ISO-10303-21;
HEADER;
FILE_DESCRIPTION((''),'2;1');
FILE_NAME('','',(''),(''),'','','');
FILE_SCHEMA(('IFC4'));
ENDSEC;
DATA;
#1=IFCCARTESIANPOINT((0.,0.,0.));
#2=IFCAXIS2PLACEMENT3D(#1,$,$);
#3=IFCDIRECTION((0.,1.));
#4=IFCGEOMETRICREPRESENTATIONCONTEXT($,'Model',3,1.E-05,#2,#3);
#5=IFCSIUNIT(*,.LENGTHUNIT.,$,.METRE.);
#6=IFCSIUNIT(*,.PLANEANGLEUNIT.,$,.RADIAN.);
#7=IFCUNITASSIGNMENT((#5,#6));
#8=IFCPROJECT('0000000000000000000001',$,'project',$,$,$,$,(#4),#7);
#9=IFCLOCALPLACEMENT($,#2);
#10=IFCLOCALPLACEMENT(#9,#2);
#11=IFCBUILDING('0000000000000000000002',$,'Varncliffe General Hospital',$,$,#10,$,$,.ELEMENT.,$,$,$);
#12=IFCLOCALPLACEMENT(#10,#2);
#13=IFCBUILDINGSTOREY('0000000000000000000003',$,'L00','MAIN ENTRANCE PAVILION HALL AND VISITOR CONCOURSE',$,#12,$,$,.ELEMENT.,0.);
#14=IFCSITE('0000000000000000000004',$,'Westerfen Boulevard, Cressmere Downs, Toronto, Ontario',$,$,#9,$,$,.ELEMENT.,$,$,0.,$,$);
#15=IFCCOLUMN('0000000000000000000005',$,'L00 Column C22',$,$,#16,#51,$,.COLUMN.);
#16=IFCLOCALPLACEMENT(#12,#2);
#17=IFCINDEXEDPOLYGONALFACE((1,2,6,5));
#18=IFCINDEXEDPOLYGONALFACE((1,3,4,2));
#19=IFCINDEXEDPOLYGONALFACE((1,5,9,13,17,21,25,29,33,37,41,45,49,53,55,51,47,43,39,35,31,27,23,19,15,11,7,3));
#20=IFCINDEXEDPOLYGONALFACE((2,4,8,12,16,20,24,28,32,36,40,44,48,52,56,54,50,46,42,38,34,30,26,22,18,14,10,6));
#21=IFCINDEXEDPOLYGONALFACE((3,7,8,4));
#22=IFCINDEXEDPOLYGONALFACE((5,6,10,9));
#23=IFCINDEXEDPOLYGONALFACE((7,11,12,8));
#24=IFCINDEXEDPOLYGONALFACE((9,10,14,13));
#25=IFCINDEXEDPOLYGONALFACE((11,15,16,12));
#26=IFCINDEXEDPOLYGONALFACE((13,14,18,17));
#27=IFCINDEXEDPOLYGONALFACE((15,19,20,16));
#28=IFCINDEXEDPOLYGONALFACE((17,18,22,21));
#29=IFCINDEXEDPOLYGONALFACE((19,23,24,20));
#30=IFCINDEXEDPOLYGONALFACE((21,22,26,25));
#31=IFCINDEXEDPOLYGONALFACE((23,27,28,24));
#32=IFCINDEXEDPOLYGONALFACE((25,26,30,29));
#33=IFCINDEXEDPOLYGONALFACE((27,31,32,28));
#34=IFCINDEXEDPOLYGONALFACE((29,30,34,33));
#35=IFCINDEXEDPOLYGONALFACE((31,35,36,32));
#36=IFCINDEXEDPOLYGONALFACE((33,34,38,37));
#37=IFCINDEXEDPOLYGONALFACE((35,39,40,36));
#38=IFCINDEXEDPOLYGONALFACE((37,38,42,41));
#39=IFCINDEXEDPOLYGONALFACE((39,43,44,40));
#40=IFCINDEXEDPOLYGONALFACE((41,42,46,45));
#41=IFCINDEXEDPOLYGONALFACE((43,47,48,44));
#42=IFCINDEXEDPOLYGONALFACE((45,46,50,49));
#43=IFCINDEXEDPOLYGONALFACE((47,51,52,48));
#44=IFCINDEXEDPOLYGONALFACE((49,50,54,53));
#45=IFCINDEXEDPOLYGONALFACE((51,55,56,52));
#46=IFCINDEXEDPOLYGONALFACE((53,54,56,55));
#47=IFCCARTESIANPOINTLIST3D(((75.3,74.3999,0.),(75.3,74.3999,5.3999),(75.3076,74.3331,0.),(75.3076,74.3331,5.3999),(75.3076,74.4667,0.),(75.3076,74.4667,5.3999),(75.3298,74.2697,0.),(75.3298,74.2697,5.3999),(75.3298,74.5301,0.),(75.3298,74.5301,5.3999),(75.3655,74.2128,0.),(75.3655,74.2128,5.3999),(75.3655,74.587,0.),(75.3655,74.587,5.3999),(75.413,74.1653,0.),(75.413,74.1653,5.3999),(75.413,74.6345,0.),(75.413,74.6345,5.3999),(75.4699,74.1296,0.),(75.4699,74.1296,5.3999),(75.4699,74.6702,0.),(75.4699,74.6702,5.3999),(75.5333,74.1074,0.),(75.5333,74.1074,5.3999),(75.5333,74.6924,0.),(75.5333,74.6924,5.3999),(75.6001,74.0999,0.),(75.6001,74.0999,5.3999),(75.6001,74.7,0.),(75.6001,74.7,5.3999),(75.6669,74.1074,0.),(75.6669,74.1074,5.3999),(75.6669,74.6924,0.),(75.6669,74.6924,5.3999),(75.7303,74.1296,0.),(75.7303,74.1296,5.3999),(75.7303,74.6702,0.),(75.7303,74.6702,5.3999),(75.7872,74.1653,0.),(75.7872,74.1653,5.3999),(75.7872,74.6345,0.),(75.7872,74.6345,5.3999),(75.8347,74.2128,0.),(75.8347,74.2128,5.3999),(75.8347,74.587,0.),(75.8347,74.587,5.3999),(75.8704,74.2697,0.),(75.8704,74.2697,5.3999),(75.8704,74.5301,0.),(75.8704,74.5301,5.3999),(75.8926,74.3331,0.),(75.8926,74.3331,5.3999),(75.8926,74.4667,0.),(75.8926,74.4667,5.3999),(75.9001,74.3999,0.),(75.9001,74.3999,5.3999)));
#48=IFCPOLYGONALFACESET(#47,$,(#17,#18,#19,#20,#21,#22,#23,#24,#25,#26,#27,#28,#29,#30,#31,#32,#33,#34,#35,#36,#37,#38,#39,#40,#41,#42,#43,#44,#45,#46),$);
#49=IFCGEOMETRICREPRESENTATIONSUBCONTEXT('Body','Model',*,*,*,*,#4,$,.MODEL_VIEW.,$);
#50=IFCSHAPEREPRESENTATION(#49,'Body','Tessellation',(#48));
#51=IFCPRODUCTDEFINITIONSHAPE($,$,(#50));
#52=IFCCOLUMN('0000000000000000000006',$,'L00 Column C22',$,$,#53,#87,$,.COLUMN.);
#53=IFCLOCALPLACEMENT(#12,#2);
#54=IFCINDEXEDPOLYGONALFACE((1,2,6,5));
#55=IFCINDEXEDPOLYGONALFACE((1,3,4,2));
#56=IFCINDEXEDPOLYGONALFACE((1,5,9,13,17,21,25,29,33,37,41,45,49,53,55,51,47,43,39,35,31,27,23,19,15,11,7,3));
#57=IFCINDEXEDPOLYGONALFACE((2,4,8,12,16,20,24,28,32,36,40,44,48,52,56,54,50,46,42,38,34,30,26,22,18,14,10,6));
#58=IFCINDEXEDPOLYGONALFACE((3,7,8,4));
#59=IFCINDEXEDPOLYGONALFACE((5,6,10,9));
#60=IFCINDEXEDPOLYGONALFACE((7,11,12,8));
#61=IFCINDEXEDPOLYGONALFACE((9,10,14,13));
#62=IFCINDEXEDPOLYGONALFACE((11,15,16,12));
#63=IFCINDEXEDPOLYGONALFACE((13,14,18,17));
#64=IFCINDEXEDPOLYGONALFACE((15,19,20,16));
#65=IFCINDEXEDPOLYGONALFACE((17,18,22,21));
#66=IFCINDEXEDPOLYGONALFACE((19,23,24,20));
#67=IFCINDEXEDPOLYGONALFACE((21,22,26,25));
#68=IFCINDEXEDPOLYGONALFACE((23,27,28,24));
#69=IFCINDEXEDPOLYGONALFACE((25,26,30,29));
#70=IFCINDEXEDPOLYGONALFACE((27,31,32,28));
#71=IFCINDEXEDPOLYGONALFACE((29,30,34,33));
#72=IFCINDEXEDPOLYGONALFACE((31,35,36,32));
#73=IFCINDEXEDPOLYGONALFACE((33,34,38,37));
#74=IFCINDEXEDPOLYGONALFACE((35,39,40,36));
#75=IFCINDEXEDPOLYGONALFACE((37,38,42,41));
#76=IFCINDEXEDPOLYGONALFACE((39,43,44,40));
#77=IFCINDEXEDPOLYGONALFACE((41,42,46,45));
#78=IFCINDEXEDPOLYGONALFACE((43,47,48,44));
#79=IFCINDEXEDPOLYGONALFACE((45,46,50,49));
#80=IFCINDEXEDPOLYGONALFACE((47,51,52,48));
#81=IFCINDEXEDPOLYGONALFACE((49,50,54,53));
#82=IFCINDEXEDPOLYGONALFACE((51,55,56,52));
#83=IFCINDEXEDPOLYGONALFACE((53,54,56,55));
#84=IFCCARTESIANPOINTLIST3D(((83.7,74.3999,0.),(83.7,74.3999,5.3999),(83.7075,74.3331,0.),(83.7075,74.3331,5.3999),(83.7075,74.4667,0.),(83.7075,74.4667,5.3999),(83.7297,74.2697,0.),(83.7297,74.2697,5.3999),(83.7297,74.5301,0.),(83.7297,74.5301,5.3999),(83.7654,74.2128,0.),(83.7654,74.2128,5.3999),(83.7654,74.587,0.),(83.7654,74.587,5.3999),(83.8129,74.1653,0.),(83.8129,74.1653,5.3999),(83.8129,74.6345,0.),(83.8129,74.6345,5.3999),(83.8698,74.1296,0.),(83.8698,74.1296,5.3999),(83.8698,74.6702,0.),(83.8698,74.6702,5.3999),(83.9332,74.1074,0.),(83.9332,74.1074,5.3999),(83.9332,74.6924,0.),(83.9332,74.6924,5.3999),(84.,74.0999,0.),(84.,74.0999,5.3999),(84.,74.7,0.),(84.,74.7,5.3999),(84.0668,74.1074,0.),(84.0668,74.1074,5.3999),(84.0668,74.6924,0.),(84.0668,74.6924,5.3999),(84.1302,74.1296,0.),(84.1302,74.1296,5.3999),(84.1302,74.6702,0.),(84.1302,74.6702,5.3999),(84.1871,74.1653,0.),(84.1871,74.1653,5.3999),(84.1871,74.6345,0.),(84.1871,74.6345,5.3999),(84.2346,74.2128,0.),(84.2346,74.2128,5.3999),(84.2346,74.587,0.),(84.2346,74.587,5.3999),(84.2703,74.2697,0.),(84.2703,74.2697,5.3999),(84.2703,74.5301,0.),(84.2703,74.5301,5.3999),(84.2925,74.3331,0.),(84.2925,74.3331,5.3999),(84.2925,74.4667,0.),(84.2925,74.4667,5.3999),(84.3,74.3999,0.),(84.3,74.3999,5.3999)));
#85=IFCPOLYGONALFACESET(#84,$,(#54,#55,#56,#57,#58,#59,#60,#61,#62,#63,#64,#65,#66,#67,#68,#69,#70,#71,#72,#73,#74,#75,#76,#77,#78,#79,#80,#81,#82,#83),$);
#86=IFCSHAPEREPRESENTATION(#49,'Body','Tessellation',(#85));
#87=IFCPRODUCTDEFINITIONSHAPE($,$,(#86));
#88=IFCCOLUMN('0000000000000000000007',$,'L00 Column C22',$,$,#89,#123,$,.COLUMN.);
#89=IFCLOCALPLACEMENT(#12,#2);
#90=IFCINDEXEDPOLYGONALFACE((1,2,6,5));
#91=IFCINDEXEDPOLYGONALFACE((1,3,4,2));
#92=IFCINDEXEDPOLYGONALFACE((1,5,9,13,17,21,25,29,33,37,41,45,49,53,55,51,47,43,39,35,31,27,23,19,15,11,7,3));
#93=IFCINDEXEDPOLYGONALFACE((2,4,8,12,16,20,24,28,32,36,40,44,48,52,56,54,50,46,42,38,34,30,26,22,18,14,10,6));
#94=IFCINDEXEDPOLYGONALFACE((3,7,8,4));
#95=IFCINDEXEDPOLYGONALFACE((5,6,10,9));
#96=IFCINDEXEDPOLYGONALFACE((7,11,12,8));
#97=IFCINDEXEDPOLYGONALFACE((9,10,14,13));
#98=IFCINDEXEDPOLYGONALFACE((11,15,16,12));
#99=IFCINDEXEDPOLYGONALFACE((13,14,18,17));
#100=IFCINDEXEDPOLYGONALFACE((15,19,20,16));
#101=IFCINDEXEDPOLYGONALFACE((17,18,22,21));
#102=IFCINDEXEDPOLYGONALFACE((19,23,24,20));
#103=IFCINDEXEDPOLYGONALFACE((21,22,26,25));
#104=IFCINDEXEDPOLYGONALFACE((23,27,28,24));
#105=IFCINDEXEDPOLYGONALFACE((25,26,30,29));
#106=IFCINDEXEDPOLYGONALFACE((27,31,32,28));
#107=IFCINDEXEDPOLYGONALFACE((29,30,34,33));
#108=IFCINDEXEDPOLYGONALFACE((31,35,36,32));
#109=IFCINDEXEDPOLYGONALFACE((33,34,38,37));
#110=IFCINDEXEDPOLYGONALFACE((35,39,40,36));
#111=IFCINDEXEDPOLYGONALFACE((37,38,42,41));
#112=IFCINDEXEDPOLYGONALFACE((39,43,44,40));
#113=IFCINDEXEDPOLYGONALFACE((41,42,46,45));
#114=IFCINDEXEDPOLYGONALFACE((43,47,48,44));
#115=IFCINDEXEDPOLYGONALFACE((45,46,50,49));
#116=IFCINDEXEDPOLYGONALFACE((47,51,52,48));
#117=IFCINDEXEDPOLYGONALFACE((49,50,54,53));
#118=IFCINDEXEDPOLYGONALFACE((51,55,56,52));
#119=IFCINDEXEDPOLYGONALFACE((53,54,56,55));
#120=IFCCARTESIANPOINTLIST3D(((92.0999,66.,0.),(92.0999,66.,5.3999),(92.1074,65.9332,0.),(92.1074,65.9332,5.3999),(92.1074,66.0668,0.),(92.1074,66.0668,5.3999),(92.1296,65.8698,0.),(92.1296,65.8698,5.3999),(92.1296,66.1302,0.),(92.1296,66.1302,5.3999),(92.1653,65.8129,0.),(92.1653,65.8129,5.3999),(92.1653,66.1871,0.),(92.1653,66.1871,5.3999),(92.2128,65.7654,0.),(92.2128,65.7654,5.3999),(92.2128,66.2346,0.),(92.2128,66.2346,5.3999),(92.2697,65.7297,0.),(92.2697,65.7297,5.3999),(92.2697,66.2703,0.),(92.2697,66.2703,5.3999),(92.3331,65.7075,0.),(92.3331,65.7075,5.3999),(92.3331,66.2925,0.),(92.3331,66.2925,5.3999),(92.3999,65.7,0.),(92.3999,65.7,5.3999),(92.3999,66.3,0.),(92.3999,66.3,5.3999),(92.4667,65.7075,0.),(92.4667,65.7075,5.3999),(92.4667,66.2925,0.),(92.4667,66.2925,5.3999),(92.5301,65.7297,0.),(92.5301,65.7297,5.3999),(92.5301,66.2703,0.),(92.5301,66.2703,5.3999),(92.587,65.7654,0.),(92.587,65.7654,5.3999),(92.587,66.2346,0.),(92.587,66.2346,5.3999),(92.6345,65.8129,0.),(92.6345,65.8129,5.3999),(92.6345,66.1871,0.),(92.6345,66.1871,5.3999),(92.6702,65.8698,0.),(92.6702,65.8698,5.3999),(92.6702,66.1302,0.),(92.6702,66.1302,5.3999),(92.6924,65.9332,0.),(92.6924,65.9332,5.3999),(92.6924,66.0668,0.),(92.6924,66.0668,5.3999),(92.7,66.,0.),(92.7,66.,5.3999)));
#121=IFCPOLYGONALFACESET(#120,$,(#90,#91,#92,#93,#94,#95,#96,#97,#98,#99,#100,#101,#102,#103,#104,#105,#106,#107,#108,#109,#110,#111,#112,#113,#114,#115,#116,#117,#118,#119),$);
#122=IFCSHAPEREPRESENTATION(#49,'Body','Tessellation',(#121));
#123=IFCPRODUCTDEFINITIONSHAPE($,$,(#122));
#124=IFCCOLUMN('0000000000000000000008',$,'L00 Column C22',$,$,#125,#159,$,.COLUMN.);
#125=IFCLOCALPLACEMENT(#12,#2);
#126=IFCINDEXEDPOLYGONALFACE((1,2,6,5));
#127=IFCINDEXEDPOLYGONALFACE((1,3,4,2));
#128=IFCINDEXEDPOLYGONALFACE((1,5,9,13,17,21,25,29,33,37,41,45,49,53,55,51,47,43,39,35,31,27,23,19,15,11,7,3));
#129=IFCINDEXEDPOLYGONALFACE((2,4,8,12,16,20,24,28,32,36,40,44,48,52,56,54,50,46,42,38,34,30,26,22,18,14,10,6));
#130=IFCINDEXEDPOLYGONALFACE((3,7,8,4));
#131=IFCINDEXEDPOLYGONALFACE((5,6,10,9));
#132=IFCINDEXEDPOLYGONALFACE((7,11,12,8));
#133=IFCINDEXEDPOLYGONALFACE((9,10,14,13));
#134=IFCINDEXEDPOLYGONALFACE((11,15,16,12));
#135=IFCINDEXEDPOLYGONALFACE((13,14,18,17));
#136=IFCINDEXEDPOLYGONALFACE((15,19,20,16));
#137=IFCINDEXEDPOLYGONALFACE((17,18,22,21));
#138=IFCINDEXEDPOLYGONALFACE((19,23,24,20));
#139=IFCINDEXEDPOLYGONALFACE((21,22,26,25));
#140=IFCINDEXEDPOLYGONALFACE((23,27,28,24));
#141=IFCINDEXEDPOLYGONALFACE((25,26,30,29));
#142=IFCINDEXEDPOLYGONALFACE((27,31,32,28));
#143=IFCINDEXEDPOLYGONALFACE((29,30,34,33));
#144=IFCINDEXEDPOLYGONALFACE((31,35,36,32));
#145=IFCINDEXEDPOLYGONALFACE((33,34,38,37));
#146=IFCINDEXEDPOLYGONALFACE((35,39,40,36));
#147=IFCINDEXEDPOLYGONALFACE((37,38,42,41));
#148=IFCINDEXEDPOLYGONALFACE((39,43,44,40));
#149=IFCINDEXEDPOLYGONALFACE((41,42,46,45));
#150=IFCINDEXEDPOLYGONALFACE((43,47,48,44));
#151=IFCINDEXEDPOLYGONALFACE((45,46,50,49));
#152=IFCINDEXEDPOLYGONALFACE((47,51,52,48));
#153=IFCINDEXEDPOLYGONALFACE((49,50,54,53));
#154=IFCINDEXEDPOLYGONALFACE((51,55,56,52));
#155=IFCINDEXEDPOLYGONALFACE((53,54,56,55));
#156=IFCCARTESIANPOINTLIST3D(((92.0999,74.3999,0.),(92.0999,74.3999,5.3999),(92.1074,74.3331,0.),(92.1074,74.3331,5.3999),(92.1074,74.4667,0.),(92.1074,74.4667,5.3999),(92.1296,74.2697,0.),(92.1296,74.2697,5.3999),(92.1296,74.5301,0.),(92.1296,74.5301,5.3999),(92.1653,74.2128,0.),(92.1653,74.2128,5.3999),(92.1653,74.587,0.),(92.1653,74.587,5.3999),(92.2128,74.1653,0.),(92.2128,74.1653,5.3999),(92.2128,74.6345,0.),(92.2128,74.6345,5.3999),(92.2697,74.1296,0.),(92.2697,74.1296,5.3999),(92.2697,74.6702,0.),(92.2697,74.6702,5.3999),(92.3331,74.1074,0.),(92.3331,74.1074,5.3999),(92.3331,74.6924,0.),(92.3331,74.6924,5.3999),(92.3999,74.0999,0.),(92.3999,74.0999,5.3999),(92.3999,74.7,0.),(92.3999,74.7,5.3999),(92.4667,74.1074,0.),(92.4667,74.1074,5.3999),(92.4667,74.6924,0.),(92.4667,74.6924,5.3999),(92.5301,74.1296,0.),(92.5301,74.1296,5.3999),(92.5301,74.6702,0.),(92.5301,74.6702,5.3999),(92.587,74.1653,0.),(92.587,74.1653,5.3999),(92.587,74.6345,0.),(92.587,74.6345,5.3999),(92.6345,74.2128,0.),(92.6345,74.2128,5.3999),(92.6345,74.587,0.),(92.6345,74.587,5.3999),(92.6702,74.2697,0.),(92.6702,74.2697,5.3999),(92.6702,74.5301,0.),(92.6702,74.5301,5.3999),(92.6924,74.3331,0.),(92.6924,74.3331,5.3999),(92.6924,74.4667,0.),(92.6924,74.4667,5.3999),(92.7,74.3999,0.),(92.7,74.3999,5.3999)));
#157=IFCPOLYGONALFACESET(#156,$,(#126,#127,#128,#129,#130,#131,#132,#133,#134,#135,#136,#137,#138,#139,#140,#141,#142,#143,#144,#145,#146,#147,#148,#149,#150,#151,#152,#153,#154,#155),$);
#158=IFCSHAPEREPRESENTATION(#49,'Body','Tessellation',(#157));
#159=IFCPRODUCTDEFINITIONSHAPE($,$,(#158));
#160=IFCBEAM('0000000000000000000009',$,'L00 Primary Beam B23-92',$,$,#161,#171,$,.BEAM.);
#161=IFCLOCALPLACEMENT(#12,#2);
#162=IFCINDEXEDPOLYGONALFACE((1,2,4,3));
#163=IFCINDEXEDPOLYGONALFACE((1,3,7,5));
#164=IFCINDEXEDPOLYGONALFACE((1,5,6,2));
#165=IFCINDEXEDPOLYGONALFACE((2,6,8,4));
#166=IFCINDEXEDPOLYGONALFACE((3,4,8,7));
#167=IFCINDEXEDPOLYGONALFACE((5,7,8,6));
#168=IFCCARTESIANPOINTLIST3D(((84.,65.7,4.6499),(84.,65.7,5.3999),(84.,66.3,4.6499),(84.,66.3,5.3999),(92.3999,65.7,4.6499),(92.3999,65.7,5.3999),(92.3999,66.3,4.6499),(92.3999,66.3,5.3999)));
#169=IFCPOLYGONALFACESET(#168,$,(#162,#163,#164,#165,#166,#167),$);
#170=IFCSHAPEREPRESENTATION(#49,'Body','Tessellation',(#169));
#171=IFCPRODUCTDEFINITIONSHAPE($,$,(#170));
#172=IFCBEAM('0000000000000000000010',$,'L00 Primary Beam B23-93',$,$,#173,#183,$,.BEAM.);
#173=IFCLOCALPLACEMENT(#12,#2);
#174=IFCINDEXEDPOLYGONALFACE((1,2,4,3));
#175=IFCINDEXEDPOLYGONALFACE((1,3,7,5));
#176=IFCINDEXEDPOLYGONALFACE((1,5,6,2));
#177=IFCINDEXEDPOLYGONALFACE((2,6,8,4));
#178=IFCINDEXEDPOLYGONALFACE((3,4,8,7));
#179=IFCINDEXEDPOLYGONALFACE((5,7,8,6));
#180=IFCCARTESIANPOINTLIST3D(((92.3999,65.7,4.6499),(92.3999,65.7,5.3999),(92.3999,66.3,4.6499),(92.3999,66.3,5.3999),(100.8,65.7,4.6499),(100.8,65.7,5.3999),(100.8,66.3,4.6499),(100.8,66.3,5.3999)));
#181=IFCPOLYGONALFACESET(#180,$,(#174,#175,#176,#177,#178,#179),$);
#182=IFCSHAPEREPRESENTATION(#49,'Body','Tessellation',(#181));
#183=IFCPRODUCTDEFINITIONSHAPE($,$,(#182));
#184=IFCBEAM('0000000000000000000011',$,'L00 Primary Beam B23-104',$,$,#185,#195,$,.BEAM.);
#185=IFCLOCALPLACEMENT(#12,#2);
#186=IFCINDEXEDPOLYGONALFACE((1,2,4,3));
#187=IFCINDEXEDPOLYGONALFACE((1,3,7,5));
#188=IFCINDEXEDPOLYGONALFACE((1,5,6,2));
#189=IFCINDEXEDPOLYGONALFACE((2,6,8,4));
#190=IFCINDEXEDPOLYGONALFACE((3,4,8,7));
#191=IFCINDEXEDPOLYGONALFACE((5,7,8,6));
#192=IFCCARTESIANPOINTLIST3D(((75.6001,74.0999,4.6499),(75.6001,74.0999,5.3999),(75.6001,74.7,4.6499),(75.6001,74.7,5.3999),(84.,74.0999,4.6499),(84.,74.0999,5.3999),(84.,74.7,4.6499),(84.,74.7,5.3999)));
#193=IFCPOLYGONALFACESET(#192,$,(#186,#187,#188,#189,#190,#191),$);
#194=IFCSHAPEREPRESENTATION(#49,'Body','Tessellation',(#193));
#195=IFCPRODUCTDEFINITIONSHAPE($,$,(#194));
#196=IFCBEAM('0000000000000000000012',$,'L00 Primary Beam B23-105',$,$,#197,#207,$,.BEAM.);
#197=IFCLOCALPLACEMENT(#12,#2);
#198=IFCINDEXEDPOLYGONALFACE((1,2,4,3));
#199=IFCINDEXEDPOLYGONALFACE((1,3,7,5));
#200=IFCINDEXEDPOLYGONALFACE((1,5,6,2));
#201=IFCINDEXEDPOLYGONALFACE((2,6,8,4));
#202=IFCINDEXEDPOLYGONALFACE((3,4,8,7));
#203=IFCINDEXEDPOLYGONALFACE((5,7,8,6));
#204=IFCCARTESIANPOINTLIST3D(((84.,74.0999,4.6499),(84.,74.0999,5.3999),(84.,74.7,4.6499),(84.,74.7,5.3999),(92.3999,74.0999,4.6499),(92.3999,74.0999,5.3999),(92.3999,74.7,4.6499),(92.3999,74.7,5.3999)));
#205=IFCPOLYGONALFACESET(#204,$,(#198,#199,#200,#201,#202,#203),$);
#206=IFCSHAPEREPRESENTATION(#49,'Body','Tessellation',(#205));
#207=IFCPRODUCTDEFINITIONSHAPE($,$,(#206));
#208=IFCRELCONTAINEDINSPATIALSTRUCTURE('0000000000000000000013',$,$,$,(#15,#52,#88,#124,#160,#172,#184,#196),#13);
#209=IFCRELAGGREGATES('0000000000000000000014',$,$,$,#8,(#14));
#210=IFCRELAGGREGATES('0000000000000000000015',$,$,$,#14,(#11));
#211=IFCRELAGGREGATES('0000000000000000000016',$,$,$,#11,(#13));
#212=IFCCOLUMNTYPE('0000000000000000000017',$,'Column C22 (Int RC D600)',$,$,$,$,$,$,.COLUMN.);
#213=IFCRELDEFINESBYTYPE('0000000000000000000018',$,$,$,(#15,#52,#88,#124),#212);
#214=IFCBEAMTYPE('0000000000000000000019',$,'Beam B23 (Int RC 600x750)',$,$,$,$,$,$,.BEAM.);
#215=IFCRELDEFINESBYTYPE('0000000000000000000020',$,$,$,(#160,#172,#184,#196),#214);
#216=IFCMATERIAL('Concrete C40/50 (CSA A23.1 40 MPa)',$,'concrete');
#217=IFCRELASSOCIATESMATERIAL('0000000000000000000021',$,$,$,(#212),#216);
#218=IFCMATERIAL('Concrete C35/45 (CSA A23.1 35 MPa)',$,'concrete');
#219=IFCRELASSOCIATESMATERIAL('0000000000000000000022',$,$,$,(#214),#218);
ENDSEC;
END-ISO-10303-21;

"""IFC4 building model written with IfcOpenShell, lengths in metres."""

from ifc_helpers import new_model, si_unit, direction, frame, origin, origin_2d, place, context, subcontext, project, spatial, rectangle, circle, extrude, material, material_profile, profile_set, type_object, element, save


model = new_model("IFC4")

# Units and contexts
model_context = context("Model", 3, precision=1e-05, world=origin(), true_north=direction((0.0, 1.0)))
body_context = subcontext(model_context, "Body", "Model", "MODEL_VIEW")
ifc_project = project(units=[si_unit("LENGTHUNIT", "METRE"), si_unit("PLANEANGLEUNIT", "RADIAN")], contexts=[model_context])

# Site, building, storey
site_placement = place(None, origin())
site = spatial("IfcSite", under=ifc_project, at=site_placement, Name="Westerfen Boulevard, Cressmere Downs, Toronto, Ontario", CompositionType="ELEMENT", RefElevation=0.0)
building_placement = place(site_placement, origin())
building = spatial("IfcBuilding", under=site, at=building_placement, Name="Varncliffe General Hospital", CompositionType="ELEMENT")
storey_placement = place(building_placement, origin())
storey = spatial("IfcBuildingStorey", under=building, at=storey_placement, Name="L00", Description="MAIN ENTRANCE PAVILION HALL AND VISITOR CONCOURSE", CompositionType="ELEMENT", Elevation=0.0)

# Columns
ifc_material_1 = material(Name="Concrete C40/50 (CSA A23.1 40 MPa)", Category="concrete")
ifc_material_profile_1 = material_profile(ifc_material_1, circle(Radius=0.3, at=origin_2d()), Name="RC D600")
ifc_profile_set_1 = profile_set([ifc_material_profile_1], Name="Concrete C40/50 (CSA A23.1 40 MPa)")
column_type = type_object("IfcColumnType", Name="Column C22 (Int RC D600)", PredefinedType="COLUMN", material=ifc_profile_set_1)
for number, where, z_axis, x_axis, name in (
    (1, (75.6001, 74.3999, 0.0), (0.0, 0.0, 1.0), (1.0, 0.0, 0.0), "L00 Column C22"),
    (2, (84.0, 74.3999, 0.0), (0.0, 0.0, 1.0), (1.0, 0.0, 0.0), "L00 Column C22"),
    (3, (92.3999, 66.0, 0.0), (0.0, 0.0, 1.0), (1.0, 0.0, 0.0), "L00 Column C22"),
    (4, (92.3999, 74.3999, 0.0), (0.0, 0.0, 1.0), (1.0, 0.0, 0.0), "L00 Column C22"),
):
    element("IfcColumn", number, at=place(storey_placement, frame(where, z_axis=z_axis, x_axis=x_axis)), inside=storey, type_object=column_type, Name=name, PredefinedType="COLUMN", context=body_context, shape_type="SweptSolid", body=[
        extrude(circle(Radius=0.3, at=origin_2d()), origin(), (0.0, 0.0, 1.0), 5.3999),
    ])

# Beams
ifc_material_2 = material(Name="Concrete C35/45 (CSA A23.1 35 MPa)", Category="concrete")
ifc_material_profile_2 = material_profile(ifc_material_2, rectangle(XDim=0.6001, YDim=0.75, at=origin_2d()), Name="RC 600x750")
ifc_profile_set_2 = profile_set([ifc_material_profile_2], Name="Concrete C35/45 (CSA A23.1 35 MPa)")
beam_type_1 = type_object("IfcBeamType", Name="Beam B23 (Int RC 600x750)", PredefinedType="BEAM", material=ifc_profile_set_2)
beam_1_placement = place(storey_placement, frame((84.0, 66.0, 5.0249), z_axis=(1.0, 0.0, 0.0), x_axis=(0.0, 1.0, 0.0)))
element("IfcBeam", 5, at=beam_1_placement, inside=storey, type_object=beam_type_1, Name="L00 Primary Beam B23-92", PredefinedType="BEAM", context=body_context, shape_type="SweptSolid", body=[
    extrude(rectangle(XDim=0.6001, YDim=0.75, at=origin_2d()), origin(), (0.0, 0.0, 1.0), 8.3999),
])
beam_2_placement = place(storey_placement, frame((92.3999, 66.0, 5.0249), z_axis=(1.0, 0.0, 0.0), x_axis=(0.0, 1.0, 0.0)))
element("IfcBeam", 6, at=beam_2_placement, inside=storey, type_object=beam_type_1, Name="L00 Primary Beam B23-93", PredefinedType="BEAM", context=body_context, shape_type="SweptSolid", body=[
    extrude(rectangle(XDim=0.6001, YDim=0.75, at=origin_2d()), origin(), (0.0, 0.0, 1.0), 8.4001),
])
for number, where, z_axis, x_axis, name in (
    (7, (75.6001, 74.3999, 5.0249), (1.0, 0.0, 0.0), (0.0, 1.0, 0.0), "L00 Primary Beam B23-104"),
    (8, (84.0, 74.3999, 5.0249), (1.0, 0.0, 0.0), (0.0, 1.0, 0.0), "L00 Primary Beam B23-105"),
):
    element("IfcBeam", number, at=place(storey_placement, frame(where, z_axis=z_axis, x_axis=x_axis)), inside=storey, type_object=beam_type_1, Name=name, PredefinedType="BEAM", context=body_context, shape_type="SweptSolid", body=[
        extrude(rectangle(XDim=0.6001, YDim=0.75, at=origin_2d()), origin(), (0.0, 0.0, 1.0), 8.3999),
    ])

save(model, "model.ifc")
